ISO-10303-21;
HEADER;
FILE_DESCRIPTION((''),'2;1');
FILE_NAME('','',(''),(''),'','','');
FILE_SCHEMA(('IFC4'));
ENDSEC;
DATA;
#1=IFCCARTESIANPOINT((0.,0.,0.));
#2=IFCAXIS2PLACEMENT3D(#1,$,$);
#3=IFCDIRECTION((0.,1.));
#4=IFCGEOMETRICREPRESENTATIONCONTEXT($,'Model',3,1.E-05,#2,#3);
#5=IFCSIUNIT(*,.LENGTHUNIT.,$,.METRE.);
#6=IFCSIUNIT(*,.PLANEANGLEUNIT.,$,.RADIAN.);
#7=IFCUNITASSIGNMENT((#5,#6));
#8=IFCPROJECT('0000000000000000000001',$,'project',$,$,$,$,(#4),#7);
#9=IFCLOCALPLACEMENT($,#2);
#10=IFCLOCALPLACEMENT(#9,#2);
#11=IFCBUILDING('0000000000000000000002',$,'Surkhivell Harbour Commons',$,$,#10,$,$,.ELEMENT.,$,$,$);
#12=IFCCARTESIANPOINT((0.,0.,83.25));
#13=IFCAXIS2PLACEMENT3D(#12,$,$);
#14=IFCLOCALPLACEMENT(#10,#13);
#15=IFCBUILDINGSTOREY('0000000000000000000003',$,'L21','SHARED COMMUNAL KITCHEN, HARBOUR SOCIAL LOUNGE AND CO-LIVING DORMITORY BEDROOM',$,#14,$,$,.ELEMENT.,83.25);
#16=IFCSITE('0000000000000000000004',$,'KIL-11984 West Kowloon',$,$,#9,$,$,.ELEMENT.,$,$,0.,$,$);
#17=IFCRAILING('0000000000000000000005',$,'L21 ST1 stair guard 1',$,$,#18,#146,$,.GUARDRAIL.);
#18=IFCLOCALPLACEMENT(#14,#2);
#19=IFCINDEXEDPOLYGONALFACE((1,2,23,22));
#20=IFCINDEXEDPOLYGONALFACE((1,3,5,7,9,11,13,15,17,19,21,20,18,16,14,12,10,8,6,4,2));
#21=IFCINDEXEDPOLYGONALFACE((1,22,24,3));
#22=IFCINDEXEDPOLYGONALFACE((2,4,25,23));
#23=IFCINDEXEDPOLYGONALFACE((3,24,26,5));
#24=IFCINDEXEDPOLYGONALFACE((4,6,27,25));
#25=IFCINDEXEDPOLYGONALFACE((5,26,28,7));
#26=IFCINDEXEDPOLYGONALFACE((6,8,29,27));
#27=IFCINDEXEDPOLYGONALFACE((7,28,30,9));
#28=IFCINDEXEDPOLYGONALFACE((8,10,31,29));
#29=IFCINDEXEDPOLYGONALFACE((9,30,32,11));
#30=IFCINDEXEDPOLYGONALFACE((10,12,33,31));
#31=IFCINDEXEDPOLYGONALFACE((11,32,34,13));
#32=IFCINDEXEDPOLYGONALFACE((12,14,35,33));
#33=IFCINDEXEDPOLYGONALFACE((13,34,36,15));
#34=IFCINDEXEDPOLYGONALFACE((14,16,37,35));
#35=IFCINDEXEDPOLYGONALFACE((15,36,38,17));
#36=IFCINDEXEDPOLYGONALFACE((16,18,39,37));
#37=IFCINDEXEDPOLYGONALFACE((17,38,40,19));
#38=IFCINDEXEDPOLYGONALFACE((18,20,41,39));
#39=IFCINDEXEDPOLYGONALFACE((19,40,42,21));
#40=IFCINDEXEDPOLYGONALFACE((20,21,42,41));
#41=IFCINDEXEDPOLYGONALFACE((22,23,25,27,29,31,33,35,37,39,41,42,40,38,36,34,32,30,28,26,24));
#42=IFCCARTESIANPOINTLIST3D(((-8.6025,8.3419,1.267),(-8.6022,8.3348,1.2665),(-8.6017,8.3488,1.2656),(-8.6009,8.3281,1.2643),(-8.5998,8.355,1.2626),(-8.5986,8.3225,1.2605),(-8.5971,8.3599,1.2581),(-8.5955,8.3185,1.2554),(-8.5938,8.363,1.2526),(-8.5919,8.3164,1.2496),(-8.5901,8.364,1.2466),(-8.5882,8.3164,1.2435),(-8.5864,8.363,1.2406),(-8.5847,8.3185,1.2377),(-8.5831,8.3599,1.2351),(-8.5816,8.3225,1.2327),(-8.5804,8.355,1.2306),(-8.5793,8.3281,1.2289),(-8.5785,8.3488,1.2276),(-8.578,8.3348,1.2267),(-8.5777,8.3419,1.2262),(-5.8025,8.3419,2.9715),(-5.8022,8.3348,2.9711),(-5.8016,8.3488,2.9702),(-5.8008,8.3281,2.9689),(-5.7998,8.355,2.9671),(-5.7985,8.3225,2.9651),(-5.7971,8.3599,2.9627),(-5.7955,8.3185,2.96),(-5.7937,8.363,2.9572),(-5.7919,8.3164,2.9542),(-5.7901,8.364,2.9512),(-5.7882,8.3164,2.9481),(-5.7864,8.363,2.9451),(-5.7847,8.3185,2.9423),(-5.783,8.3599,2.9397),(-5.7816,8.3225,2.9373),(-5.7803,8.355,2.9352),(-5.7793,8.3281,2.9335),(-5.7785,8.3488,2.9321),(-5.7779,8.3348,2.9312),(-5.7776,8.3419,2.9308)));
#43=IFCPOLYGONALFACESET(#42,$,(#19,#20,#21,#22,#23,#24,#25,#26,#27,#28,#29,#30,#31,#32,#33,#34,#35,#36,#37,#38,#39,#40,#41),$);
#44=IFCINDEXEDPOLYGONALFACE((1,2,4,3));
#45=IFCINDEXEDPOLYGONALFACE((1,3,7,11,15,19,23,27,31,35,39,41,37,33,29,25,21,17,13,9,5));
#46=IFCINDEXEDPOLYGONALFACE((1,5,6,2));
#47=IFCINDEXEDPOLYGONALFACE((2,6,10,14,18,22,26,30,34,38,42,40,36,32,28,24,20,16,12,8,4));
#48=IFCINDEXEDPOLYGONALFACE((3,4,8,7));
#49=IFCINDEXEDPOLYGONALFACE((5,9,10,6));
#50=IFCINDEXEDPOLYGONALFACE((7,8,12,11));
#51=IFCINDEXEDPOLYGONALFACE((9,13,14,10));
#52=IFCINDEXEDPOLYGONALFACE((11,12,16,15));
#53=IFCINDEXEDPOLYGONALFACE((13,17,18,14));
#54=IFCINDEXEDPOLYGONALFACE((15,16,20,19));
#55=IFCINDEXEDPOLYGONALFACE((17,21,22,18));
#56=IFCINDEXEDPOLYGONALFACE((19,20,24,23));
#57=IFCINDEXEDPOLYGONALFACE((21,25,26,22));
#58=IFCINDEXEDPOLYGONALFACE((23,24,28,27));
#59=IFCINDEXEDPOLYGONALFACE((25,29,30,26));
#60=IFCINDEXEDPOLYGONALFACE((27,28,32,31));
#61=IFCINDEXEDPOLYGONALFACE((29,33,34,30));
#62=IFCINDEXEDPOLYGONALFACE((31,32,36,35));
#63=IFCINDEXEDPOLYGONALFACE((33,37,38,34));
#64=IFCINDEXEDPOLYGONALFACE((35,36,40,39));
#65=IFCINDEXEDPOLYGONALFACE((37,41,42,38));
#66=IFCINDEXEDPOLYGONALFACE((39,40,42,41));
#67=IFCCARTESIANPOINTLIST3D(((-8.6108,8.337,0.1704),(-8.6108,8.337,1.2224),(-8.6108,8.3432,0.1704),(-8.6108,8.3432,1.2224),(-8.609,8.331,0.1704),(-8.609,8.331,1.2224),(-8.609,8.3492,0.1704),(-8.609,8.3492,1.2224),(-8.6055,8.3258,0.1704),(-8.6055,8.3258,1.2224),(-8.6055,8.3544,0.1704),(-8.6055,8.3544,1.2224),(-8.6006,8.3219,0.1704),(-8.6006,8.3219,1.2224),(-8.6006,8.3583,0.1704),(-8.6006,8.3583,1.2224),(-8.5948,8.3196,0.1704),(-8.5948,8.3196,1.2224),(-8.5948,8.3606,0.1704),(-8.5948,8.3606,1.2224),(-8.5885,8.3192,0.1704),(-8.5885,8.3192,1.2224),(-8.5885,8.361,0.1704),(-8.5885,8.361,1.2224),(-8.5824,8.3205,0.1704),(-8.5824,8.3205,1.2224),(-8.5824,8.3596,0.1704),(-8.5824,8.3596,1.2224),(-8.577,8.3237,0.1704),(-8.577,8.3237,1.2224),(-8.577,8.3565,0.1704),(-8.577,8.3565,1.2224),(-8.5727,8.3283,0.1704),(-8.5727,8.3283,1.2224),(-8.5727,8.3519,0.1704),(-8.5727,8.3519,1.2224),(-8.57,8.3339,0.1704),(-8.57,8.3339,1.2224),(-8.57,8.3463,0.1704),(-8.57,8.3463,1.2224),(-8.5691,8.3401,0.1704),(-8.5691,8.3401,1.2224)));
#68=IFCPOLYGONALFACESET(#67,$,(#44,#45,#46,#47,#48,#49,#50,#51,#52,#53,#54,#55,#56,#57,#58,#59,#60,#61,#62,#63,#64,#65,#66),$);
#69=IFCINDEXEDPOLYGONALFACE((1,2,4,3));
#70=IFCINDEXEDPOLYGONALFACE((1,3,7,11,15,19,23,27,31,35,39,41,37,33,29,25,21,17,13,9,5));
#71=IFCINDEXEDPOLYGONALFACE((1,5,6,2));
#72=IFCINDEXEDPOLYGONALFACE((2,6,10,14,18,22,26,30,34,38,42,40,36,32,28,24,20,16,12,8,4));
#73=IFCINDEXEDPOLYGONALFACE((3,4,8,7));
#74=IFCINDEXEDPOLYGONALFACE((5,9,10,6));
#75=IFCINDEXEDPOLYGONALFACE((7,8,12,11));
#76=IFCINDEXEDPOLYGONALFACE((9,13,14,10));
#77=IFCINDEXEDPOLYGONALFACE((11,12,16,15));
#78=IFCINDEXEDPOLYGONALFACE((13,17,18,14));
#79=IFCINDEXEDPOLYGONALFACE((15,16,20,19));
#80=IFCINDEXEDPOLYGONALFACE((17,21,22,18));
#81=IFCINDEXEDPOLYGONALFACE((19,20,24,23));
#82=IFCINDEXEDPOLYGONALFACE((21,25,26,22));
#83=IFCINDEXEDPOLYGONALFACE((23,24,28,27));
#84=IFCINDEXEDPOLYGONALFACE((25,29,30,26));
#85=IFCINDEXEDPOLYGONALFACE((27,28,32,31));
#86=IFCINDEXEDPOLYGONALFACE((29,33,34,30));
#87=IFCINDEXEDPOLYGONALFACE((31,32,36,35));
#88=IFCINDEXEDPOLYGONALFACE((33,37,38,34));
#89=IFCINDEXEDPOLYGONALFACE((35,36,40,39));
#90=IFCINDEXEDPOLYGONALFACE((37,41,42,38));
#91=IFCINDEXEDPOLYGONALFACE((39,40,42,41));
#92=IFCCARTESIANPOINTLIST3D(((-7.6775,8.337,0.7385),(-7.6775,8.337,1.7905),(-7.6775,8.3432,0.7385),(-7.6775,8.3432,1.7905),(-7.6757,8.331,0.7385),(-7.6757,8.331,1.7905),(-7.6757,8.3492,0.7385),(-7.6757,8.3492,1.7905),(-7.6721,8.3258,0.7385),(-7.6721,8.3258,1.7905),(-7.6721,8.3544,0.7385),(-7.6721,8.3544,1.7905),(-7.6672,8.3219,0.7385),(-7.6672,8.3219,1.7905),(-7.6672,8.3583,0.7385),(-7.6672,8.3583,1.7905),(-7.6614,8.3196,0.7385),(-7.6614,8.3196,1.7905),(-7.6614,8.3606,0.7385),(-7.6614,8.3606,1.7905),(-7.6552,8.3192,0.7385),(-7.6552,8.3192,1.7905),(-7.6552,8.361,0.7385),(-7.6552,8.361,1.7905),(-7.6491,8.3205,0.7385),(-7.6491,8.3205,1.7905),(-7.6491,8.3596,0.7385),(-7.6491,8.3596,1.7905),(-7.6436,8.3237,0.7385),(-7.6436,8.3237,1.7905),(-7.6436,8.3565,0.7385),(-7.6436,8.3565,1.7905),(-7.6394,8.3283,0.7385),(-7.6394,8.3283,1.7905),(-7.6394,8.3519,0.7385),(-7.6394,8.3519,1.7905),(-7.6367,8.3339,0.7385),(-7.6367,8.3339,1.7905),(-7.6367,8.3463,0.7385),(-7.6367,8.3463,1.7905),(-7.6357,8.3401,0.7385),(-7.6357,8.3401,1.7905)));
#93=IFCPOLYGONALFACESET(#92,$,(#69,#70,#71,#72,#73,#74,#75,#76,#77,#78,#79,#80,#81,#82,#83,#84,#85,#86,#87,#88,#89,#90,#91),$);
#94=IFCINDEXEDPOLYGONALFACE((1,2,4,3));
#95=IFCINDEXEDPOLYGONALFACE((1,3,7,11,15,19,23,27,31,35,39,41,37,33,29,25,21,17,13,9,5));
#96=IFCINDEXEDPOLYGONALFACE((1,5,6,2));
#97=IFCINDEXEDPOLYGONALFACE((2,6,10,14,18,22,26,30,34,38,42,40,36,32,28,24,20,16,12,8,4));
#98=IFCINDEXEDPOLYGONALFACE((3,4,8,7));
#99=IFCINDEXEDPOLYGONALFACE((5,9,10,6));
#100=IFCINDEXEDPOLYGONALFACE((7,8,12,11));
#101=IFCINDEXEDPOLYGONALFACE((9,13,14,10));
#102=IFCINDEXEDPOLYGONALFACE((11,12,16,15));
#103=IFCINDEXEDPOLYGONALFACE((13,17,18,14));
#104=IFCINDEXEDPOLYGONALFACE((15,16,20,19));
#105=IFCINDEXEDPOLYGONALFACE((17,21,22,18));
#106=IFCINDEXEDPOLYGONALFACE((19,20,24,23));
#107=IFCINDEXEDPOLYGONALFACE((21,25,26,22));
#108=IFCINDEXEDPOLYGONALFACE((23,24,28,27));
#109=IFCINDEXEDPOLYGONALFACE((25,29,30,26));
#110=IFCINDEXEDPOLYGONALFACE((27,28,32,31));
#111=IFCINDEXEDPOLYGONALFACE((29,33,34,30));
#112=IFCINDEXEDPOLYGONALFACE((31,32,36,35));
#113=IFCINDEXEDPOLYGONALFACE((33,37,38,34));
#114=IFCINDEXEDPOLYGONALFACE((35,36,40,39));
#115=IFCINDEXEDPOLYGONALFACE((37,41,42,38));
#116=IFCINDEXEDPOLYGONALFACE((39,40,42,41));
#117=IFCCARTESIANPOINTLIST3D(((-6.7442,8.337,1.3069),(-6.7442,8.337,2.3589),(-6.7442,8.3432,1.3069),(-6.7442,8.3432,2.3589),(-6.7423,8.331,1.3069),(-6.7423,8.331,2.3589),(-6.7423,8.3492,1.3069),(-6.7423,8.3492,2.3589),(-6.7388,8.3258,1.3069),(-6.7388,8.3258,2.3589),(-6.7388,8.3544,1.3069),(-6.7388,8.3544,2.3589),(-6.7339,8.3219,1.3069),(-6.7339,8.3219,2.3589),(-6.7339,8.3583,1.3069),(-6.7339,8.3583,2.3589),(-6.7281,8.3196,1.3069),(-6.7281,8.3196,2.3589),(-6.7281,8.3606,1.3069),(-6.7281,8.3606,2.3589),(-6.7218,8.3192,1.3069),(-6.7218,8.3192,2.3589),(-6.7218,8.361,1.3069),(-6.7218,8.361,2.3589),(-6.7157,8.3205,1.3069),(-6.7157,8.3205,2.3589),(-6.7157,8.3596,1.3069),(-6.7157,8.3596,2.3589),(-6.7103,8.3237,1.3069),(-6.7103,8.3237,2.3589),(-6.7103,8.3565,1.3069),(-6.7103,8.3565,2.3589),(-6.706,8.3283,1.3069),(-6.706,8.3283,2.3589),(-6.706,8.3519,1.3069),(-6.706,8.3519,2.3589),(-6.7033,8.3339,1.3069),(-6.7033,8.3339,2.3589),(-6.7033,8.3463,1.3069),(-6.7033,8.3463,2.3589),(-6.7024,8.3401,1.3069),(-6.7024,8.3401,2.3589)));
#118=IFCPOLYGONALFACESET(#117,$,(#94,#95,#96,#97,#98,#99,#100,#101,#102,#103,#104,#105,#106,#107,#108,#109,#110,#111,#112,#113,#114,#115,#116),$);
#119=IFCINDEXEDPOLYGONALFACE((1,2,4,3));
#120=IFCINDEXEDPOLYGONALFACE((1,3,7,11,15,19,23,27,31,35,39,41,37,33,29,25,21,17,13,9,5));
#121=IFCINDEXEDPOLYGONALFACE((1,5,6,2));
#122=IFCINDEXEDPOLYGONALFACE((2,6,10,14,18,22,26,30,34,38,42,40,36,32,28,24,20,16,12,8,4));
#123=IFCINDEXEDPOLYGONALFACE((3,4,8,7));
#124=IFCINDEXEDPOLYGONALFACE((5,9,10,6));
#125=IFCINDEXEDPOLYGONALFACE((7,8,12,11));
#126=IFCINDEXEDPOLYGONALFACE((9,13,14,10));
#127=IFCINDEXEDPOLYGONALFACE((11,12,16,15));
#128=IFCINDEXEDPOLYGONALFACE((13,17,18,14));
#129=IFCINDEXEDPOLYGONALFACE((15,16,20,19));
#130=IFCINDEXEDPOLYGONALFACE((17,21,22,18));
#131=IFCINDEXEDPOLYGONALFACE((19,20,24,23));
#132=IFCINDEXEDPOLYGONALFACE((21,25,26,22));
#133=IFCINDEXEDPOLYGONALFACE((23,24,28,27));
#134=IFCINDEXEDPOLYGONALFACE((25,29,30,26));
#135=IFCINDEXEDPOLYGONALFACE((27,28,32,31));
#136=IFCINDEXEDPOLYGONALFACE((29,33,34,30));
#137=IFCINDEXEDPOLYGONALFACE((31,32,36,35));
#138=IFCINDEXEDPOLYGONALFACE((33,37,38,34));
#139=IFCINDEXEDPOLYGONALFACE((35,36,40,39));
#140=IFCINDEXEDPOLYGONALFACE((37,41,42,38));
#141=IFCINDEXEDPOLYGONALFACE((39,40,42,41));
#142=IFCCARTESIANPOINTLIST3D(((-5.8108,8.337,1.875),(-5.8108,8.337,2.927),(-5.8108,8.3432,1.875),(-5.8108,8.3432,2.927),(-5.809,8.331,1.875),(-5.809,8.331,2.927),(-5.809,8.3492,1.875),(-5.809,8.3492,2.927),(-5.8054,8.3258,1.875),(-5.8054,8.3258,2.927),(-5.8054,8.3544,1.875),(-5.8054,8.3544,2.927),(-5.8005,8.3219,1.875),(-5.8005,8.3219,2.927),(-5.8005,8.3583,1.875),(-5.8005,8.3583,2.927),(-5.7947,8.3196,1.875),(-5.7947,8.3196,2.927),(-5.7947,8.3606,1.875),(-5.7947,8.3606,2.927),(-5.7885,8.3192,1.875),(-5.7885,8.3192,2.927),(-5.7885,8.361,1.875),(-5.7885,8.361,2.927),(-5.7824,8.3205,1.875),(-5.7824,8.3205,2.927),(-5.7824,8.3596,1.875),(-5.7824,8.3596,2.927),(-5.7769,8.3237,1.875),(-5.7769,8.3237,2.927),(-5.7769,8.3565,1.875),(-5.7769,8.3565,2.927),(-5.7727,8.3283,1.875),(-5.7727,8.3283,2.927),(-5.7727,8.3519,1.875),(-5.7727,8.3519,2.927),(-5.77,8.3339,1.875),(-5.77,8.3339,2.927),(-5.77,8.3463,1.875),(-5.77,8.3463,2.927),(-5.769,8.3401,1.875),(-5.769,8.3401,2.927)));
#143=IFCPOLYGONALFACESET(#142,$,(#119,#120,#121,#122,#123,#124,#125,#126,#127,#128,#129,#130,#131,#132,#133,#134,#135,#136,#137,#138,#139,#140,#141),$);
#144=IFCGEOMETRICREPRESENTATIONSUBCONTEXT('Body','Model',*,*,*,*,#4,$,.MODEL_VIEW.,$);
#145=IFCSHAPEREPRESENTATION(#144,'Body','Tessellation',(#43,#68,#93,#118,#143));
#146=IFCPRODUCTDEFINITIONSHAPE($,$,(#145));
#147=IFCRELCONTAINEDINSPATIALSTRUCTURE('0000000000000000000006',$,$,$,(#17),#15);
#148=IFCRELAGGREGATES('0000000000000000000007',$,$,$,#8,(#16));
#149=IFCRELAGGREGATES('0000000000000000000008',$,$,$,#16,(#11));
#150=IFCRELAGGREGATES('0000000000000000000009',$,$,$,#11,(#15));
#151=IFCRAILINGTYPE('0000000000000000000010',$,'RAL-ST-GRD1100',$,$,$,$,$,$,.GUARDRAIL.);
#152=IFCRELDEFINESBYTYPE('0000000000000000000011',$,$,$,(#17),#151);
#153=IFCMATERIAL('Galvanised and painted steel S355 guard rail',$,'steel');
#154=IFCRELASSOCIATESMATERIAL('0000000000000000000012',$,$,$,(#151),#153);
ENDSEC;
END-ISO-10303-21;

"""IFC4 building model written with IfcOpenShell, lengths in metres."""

from ifc_helpers import new_model, si_unit, direction, frame, origin, origin_2d, place, context, subcontext, project, spatial, circle, extrude, material, type_object, element, save


model = new_model("IFC4")

# Units and contexts
model_context = context("Model", 3, precision=1e-05, world=origin(), true_north=direction((0.0, 1.0)))
body_context = subcontext(model_context, "Body", "Model", "MODEL_VIEW")
ifc_project = project(units=[si_unit("LENGTHUNIT", "METRE"), si_unit("PLANEANGLEUNIT", "RADIAN")], contexts=[model_context])

# Site, building, storey
site_placement = place(None, origin())
site = spatial("IfcSite", under=ifc_project, at=site_placement, Name="KIL-11984 West Kowloon", CompositionType="ELEMENT", RefElevation=0.0)
building_placement = place(site_placement, origin())
building = spatial("IfcBuilding", under=site, at=building_placement, Name="Surkhivell Harbour Commons", CompositionType="ELEMENT")
storey_placement = place(building_placement, frame((0.0, 0.0, 83.25)))
storey = spatial("IfcBuildingStorey", under=building, at=storey_placement, Name="L21", Description="SHARED COMMUNAL KITCHEN, HARBOUR SOCIAL LOUNGE AND CO-LIVING DORMITORY BEDROOM", CompositionType="ELEMENT", Elevation=83.25)

# Railing
ifc_material_1 = material(Name="Galvanised and painted steel S355 guard rail", Category="steel")
railing_type_1 = type_object("IfcRailingType", Name="RAL-ST-GRD1100", PredefinedType="GUARDRAIL", material=ifc_material_1)
railing_1_placement = place(storey_placement, frame((-8.5901, 8.3401, 0.1704)))
element("IfcRailing", 1, at=railing_1_placement, inside=storey, type_object=railing_type_1, Name="L21 ST1 stair guard 1", PredefinedType="GUARDRAIL", context=body_context, shape_type="SweptSolid", body=[
    extrude(circle(Radius=0.0239, at=origin_2d()), frame((0.0, 0.0, 1.0762), z_axis=(0.85417, 0.0, 0.519994), x_axis=(0.0, 1.0, 0.0)), (0.0, 0.0, 1.0), 3.2781),
    extrude(circle(Radius=0.021, at=origin_2d()), origin(), (0.0, 0.0, 1.0), 1.052),
    extrude(circle(Radius=0.021, at=origin_2d()), frame((0.9333, 0.0, 0.5681)), (0.0, 0.0, 1.0), 1.052),
    extrude(circle(Radius=0.021, at=origin_2d()), frame((1.8667, 0.0, 1.1365)), (0.0, 0.0, 1.0), 1.052),
    extrude(circle(Radius=0.021, at=origin_2d()), frame((2.8, 0.0, 1.7046)), (0.0, 0.0, 1.0), 1.052),
])

save(model, "model.ifc")
